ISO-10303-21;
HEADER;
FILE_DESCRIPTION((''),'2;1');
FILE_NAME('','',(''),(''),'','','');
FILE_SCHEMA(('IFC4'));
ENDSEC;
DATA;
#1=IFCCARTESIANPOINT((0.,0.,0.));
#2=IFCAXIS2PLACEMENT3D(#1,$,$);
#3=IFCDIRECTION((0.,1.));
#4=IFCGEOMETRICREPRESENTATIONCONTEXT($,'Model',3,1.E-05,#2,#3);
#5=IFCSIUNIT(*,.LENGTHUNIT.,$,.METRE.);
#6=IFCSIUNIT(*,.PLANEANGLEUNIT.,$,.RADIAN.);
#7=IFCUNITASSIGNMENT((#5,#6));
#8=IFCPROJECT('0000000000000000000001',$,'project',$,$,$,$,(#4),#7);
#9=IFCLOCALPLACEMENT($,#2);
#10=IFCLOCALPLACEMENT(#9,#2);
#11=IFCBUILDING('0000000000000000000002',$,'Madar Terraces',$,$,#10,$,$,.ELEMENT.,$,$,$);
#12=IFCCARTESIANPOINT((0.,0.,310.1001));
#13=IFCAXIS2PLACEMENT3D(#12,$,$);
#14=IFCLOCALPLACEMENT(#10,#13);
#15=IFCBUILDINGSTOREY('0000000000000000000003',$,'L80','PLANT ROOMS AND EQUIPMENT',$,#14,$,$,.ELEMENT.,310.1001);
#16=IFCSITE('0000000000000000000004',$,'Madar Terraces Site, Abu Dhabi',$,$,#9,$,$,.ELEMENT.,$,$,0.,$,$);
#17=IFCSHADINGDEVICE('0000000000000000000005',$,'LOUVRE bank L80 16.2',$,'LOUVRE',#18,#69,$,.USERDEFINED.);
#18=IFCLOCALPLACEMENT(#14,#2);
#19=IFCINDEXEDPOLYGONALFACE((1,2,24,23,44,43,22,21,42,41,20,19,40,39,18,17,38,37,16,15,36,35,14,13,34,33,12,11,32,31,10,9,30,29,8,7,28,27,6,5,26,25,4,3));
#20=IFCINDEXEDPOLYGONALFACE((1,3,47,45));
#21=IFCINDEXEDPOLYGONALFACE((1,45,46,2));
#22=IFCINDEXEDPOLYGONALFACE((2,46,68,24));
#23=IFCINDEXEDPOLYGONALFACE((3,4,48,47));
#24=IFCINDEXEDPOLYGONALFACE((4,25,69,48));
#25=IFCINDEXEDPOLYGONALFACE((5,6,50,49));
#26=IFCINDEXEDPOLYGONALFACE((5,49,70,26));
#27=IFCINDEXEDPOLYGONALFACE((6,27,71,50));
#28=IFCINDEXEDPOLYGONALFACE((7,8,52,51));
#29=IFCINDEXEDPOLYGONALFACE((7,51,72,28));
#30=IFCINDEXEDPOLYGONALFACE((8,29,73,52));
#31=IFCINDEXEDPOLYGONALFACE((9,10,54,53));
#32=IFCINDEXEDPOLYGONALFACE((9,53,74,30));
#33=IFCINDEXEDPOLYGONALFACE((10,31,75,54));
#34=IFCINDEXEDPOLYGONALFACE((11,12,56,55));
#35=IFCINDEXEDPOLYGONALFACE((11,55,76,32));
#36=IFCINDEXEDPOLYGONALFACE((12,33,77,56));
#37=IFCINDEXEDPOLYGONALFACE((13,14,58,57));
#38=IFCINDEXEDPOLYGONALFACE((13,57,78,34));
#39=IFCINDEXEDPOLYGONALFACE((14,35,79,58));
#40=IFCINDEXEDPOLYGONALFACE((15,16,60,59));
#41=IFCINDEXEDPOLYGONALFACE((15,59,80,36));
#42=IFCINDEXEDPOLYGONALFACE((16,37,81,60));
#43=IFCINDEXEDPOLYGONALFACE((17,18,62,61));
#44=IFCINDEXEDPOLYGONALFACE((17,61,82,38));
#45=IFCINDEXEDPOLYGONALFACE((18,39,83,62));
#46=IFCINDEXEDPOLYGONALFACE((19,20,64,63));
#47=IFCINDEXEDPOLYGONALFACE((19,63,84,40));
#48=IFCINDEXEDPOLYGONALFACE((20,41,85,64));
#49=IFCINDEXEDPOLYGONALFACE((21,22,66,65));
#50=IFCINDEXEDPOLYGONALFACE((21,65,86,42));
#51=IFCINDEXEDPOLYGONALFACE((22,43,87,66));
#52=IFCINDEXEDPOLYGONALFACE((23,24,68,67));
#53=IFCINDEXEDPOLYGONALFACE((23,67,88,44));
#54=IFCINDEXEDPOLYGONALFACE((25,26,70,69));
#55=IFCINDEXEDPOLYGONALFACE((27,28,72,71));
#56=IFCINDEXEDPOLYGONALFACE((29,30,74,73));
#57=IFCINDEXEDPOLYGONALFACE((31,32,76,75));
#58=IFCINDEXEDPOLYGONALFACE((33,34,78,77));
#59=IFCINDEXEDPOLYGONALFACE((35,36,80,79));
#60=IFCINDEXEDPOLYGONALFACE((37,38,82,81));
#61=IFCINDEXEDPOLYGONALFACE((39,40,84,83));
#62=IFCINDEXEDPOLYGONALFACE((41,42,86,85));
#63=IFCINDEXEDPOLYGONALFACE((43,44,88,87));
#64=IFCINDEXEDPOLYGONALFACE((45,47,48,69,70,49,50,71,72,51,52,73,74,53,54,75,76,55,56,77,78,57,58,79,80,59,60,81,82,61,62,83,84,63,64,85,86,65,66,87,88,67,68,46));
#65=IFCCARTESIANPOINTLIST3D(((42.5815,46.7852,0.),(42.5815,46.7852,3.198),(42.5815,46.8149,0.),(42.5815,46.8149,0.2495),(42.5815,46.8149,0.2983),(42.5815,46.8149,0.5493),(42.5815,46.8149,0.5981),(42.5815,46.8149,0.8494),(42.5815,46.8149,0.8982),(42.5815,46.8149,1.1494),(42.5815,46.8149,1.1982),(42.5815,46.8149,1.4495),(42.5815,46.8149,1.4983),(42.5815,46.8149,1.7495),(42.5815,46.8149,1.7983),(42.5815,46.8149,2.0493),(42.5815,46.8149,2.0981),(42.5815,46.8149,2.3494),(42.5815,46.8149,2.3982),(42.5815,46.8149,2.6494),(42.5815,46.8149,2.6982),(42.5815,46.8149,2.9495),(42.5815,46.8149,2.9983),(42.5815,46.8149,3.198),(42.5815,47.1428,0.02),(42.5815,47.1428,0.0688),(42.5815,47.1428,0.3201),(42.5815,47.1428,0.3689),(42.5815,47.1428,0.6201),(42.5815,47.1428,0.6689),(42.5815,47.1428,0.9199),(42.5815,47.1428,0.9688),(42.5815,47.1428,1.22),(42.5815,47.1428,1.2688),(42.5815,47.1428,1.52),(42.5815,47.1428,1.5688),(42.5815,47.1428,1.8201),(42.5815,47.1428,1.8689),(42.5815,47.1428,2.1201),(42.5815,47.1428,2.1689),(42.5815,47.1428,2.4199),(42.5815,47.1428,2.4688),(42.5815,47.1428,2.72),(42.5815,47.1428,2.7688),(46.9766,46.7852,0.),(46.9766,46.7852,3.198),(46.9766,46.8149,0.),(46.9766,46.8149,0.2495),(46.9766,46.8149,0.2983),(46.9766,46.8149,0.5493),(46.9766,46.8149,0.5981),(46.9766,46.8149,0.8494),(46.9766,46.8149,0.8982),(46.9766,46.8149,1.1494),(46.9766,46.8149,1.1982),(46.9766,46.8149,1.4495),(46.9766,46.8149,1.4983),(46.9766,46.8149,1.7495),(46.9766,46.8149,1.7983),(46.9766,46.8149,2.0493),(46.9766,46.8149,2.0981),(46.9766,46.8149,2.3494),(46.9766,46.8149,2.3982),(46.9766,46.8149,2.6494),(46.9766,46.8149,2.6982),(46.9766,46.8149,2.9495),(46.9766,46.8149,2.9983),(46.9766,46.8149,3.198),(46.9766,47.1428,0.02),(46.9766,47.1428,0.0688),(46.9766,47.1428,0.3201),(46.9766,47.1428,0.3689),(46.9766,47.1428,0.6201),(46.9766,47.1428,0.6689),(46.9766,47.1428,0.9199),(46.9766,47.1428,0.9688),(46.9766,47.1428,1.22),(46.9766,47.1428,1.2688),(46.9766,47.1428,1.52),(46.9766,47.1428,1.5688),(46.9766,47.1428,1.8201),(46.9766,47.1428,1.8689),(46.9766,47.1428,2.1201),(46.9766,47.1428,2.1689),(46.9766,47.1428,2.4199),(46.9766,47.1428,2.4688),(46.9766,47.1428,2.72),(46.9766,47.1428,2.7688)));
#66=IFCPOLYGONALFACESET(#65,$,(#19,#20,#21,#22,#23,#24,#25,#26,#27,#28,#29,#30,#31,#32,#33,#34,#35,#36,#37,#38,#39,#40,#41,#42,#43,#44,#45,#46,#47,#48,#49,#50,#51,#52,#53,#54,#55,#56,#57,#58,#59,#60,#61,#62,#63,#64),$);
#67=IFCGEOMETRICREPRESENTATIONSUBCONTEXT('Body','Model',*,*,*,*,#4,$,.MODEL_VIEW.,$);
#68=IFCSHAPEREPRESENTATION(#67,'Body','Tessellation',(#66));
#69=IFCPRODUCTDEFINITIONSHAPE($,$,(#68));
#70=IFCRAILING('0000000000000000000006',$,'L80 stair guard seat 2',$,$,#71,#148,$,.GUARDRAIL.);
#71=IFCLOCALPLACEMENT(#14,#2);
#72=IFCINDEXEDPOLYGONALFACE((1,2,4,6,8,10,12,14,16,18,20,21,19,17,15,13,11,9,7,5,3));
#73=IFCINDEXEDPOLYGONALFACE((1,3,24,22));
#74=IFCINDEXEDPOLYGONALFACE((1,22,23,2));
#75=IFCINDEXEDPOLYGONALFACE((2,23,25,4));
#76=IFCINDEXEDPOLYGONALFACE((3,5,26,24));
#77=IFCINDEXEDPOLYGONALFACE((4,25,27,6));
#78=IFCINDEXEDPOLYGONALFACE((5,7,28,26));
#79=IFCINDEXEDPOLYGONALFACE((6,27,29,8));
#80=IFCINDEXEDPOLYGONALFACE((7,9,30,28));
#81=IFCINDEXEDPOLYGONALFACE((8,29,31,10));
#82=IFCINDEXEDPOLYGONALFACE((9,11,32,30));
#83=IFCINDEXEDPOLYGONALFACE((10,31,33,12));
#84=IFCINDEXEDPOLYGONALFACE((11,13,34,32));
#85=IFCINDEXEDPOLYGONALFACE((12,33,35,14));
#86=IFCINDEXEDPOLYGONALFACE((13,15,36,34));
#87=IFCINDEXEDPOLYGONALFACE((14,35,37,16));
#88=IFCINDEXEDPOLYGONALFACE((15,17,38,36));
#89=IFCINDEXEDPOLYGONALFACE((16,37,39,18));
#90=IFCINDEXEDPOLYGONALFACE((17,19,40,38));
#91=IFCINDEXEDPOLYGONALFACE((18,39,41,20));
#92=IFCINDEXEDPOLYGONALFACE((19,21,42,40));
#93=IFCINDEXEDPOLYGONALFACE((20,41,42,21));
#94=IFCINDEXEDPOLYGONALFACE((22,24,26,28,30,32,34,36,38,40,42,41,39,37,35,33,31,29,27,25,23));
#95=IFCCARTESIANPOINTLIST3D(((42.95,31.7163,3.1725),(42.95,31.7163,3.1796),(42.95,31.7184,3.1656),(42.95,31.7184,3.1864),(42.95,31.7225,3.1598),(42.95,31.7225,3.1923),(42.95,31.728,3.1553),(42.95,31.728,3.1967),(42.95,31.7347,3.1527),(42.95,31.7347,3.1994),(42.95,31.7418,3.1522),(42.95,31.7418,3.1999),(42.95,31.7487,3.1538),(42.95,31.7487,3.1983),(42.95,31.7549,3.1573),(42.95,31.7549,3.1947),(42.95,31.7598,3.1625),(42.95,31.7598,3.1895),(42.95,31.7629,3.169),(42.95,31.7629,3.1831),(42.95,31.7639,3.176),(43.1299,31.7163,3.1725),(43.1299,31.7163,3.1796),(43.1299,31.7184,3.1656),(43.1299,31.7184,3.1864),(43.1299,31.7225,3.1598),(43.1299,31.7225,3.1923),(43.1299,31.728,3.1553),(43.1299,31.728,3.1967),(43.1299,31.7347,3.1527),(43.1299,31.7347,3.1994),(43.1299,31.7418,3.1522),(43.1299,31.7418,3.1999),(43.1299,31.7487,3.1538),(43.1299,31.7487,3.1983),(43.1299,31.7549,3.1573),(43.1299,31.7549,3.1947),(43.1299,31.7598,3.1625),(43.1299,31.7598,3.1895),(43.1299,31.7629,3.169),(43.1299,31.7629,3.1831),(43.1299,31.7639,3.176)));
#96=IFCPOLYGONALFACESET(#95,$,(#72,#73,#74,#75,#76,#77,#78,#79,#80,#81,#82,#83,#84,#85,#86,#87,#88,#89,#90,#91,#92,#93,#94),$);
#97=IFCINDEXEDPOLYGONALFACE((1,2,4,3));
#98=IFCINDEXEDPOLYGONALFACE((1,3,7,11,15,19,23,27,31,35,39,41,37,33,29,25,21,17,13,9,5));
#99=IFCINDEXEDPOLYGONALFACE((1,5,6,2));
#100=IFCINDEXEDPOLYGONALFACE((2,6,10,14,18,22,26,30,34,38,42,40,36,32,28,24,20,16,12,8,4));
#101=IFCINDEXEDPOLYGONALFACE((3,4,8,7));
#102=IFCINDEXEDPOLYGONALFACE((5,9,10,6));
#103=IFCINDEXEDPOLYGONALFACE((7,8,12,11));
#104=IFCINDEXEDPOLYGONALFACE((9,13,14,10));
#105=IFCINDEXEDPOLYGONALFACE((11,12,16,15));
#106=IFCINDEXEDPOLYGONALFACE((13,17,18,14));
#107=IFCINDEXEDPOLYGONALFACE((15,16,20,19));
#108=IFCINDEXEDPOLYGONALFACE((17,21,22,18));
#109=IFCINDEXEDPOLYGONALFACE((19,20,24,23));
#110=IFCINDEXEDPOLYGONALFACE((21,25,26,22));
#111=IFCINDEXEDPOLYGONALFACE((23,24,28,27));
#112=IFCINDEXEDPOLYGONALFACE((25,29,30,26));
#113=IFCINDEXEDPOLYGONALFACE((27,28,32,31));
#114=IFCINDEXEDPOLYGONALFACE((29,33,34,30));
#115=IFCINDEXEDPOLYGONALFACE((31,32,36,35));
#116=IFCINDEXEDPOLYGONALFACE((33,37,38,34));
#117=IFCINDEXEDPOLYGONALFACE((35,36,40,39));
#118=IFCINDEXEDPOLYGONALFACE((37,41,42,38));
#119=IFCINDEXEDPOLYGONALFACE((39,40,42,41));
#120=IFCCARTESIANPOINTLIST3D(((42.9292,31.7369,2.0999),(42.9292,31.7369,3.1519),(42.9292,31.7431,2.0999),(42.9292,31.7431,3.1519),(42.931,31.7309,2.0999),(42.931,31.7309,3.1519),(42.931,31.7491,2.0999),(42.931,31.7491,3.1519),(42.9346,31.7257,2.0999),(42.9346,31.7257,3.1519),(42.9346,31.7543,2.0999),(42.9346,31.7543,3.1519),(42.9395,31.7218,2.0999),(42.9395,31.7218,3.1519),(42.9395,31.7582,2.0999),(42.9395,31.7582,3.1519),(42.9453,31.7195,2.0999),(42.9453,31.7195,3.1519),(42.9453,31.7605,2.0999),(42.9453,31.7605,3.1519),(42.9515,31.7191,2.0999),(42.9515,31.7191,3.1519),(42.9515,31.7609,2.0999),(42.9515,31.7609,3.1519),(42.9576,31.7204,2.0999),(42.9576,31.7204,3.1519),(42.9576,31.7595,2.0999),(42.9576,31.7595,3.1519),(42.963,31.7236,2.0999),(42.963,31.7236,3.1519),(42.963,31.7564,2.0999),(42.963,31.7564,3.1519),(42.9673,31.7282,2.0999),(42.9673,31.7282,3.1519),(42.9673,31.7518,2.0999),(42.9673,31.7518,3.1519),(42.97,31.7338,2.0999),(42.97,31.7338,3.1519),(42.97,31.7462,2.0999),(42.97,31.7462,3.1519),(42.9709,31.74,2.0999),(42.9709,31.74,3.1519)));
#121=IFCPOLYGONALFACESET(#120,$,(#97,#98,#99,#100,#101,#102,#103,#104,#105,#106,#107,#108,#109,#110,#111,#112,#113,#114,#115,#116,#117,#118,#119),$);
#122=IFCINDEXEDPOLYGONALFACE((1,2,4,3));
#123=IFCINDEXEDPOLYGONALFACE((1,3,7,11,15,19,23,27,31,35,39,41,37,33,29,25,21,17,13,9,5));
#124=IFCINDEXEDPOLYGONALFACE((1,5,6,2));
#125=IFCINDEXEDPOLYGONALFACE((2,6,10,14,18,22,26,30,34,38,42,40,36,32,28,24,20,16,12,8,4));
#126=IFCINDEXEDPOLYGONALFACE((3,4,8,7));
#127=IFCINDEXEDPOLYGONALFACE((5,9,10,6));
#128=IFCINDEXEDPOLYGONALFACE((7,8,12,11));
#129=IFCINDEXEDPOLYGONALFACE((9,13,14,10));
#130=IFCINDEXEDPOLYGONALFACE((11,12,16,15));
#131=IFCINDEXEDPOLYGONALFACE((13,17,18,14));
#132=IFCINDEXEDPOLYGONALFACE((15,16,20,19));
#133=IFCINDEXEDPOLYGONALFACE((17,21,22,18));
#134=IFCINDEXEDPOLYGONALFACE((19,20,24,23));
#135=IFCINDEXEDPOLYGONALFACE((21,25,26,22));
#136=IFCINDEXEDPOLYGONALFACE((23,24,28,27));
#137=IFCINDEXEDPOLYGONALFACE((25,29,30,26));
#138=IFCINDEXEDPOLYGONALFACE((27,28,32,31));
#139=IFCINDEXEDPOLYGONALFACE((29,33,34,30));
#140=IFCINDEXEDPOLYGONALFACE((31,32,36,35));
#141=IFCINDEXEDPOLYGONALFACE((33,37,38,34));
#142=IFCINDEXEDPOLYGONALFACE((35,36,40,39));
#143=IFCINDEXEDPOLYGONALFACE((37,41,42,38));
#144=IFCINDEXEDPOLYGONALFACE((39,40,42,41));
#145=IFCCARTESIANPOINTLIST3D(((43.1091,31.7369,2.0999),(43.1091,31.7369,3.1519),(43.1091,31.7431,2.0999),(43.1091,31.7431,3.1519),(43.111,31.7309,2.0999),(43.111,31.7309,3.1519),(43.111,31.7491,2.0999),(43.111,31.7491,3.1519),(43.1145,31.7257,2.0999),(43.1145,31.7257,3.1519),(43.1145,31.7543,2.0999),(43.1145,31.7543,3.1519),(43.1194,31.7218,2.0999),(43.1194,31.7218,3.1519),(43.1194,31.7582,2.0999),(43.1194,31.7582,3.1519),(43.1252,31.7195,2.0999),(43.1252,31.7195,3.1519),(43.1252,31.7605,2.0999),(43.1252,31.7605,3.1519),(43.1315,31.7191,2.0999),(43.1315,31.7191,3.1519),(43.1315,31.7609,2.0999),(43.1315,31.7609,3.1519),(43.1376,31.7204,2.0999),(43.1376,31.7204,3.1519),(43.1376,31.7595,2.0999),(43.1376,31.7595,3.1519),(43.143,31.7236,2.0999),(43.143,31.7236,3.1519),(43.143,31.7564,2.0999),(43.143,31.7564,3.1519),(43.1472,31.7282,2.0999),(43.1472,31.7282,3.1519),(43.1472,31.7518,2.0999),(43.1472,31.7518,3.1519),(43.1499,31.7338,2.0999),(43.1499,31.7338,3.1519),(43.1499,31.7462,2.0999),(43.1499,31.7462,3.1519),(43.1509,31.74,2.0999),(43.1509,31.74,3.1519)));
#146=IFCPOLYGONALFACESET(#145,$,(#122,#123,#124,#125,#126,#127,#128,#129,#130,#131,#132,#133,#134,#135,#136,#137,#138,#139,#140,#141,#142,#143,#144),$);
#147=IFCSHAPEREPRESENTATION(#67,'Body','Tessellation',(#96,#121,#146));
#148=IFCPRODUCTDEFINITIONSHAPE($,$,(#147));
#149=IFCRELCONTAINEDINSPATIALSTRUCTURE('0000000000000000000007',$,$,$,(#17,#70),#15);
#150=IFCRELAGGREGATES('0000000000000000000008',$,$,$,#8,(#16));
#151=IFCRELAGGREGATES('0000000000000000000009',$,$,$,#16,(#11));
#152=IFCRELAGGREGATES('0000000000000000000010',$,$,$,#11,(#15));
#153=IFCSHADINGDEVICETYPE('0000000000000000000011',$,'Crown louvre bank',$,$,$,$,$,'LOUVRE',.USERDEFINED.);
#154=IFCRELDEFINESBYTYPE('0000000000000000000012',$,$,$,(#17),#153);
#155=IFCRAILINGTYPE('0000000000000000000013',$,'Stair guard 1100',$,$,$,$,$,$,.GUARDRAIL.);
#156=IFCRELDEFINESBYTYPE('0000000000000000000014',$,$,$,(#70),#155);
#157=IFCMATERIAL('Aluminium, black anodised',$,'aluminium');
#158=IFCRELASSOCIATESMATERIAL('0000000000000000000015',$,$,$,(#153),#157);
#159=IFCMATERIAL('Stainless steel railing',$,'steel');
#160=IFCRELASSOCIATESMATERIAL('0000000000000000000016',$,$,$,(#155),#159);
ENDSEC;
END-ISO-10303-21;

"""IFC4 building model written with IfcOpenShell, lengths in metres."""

from ifc_helpers import new_model, si_unit, direction, frame, origin, origin_2d, place, context, subcontext, project, spatial, polyline, circle, outline, extrude, material, type_object, element, save


model = new_model("IFC4")

# Units and contexts
model_context = context("Model", 3, precision=1e-05, world=origin(), true_north=direction((0.0, 1.0)))
body_context = subcontext(model_context, "Body", "Model", "MODEL_VIEW")
ifc_project = project(units=[si_unit("LENGTHUNIT", "METRE"), si_unit("PLANEANGLEUNIT", "RADIAN")], contexts=[model_context])

# Site, building, storey
site_placement = place(None, origin())
site = spatial("IfcSite", under=ifc_project, at=site_placement, Name="Madar Terraces Site, Abu Dhabi", CompositionType="ELEMENT", RefElevation=0.0)
building_placement = place(site_placement, origin())
building = spatial("IfcBuilding", under=site, at=building_placement, Name="Madar Terraces", CompositionType="ELEMENT")
storey_placement = place(building_placement, frame((0.0, 0.0, 310.1001)))
storey = spatial("IfcBuildingStorey", under=building, at=storey_placement, Name="L80", Description="PLANT ROOMS AND EQUIPMENT", CompositionType="ELEMENT", Elevation=310.1001)

# Shading device
ifc_material_1 = material(Name="Aluminium, black anodised", Category="aluminium")
shading_device_type = type_object("IfcShadingDeviceType", Name="Crown louvre bank", ElementType="LOUVRE", PredefinedType="USERDEFINED", material=ifc_material_1)
shading_device_1_placement = place(storey_placement, frame((46.9766, 46.8, 0.0), z_axis=(-1.0, 0.0, 0.0), x_axis=(0.0, -1.0, 0.0)))
element("IfcShadingDevice", 1, at=shading_device_1_placement, inside=storey, type_object=shading_device_type, Name="LOUVRE bank L80 16.2", ObjectType="LOUVRE", PredefinedType="USERDEFINED", context=body_context, shape_type="SweptSolid", body=[
    extrude(outline(polyline([(0.0149, 0.0), (-0.0149, 0.0), (-0.0149, 0.2495), (-0.3428, 0.02), (-0.3428, 0.0688), (-0.0149, 0.2983), (-0.0149, 0.5493), (-0.3428, 0.3201), (-0.3428, 0.3689), (-0.0149, 0.5981), (-0.0149, 0.8494), (-0.3428, 0.6201), (-0.3428, 0.6689), (-0.0149, 0.8982), (-0.0149, 1.1494), (-0.3428, 0.9199), (-0.3428, 0.9688), (-0.0149, 1.1982), (-0.0149, 1.4495), (-0.3428, 1.22), (-0.3428, 1.2688), (-0.0149, 1.4983), (-0.0149, 1.7495), (-0.3428, 1.52), (-0.3428, 1.5688), (-0.0149, 1.7983), (-0.0149, 2.0493), (-0.3428, 1.8201), (-0.3428, 1.8689), (-0.0149, 2.0981), (-0.0149, 2.3494), (-0.3428, 2.1201), (-0.3428, 2.1689), (-0.0149, 2.3982), (-0.0149, 2.6494), (-0.3428, 2.4199), (-0.3428, 2.4688), (-0.0149, 2.6982), (-0.0149, 2.9495), (-0.3428, 2.72), (-0.3428, 2.7688), (-0.0149, 2.9983), (-0.0149, 3.198), (0.0149, 3.198), (0.0149, 0.0)])), origin(), (0.0, 0.0, 1.0), 4.395),
])

# Railing
ifc_material_2 = material(Name="Stainless steel railing", Category="steel")
railing_type_1 = type_object("IfcRailingType", Name="Stair guard 1100", PredefinedType="GUARDRAIL", material=ifc_material_2)
for number, where, name in (
    (2, (42.95, 31.74, 2.0999), "L80 stair guard seat 2"),
):
    element("IfcRailing", number, at=place(storey_placement, frame(where)), inside=storey, type_object=railing_type_1, Name=name, PredefinedType="GUARDRAIL", context=body_context, shape_type="SweptSolid", body=[
        extrude(circle(Radius=0.0239, at=origin_2d()), frame((0.0, 0.0, 1.0762), z_axis=(1.0, 0.0, 0.0), x_axis=(0.0, 1.0, 0.0)), (0.0, 0.0, 1.0), 0.1799),
        extrude(circle(Radius=0.021, at=origin_2d()), origin(), (0.0, 0.0, 1.0), 1.052),
        extrude(circle(Radius=0.021, at=origin_2d()), frame((0.1799, 0.0, 0.0)), (0.0, 0.0, 1.0), 1.052),
    ])

save(model, "model.ifc")
